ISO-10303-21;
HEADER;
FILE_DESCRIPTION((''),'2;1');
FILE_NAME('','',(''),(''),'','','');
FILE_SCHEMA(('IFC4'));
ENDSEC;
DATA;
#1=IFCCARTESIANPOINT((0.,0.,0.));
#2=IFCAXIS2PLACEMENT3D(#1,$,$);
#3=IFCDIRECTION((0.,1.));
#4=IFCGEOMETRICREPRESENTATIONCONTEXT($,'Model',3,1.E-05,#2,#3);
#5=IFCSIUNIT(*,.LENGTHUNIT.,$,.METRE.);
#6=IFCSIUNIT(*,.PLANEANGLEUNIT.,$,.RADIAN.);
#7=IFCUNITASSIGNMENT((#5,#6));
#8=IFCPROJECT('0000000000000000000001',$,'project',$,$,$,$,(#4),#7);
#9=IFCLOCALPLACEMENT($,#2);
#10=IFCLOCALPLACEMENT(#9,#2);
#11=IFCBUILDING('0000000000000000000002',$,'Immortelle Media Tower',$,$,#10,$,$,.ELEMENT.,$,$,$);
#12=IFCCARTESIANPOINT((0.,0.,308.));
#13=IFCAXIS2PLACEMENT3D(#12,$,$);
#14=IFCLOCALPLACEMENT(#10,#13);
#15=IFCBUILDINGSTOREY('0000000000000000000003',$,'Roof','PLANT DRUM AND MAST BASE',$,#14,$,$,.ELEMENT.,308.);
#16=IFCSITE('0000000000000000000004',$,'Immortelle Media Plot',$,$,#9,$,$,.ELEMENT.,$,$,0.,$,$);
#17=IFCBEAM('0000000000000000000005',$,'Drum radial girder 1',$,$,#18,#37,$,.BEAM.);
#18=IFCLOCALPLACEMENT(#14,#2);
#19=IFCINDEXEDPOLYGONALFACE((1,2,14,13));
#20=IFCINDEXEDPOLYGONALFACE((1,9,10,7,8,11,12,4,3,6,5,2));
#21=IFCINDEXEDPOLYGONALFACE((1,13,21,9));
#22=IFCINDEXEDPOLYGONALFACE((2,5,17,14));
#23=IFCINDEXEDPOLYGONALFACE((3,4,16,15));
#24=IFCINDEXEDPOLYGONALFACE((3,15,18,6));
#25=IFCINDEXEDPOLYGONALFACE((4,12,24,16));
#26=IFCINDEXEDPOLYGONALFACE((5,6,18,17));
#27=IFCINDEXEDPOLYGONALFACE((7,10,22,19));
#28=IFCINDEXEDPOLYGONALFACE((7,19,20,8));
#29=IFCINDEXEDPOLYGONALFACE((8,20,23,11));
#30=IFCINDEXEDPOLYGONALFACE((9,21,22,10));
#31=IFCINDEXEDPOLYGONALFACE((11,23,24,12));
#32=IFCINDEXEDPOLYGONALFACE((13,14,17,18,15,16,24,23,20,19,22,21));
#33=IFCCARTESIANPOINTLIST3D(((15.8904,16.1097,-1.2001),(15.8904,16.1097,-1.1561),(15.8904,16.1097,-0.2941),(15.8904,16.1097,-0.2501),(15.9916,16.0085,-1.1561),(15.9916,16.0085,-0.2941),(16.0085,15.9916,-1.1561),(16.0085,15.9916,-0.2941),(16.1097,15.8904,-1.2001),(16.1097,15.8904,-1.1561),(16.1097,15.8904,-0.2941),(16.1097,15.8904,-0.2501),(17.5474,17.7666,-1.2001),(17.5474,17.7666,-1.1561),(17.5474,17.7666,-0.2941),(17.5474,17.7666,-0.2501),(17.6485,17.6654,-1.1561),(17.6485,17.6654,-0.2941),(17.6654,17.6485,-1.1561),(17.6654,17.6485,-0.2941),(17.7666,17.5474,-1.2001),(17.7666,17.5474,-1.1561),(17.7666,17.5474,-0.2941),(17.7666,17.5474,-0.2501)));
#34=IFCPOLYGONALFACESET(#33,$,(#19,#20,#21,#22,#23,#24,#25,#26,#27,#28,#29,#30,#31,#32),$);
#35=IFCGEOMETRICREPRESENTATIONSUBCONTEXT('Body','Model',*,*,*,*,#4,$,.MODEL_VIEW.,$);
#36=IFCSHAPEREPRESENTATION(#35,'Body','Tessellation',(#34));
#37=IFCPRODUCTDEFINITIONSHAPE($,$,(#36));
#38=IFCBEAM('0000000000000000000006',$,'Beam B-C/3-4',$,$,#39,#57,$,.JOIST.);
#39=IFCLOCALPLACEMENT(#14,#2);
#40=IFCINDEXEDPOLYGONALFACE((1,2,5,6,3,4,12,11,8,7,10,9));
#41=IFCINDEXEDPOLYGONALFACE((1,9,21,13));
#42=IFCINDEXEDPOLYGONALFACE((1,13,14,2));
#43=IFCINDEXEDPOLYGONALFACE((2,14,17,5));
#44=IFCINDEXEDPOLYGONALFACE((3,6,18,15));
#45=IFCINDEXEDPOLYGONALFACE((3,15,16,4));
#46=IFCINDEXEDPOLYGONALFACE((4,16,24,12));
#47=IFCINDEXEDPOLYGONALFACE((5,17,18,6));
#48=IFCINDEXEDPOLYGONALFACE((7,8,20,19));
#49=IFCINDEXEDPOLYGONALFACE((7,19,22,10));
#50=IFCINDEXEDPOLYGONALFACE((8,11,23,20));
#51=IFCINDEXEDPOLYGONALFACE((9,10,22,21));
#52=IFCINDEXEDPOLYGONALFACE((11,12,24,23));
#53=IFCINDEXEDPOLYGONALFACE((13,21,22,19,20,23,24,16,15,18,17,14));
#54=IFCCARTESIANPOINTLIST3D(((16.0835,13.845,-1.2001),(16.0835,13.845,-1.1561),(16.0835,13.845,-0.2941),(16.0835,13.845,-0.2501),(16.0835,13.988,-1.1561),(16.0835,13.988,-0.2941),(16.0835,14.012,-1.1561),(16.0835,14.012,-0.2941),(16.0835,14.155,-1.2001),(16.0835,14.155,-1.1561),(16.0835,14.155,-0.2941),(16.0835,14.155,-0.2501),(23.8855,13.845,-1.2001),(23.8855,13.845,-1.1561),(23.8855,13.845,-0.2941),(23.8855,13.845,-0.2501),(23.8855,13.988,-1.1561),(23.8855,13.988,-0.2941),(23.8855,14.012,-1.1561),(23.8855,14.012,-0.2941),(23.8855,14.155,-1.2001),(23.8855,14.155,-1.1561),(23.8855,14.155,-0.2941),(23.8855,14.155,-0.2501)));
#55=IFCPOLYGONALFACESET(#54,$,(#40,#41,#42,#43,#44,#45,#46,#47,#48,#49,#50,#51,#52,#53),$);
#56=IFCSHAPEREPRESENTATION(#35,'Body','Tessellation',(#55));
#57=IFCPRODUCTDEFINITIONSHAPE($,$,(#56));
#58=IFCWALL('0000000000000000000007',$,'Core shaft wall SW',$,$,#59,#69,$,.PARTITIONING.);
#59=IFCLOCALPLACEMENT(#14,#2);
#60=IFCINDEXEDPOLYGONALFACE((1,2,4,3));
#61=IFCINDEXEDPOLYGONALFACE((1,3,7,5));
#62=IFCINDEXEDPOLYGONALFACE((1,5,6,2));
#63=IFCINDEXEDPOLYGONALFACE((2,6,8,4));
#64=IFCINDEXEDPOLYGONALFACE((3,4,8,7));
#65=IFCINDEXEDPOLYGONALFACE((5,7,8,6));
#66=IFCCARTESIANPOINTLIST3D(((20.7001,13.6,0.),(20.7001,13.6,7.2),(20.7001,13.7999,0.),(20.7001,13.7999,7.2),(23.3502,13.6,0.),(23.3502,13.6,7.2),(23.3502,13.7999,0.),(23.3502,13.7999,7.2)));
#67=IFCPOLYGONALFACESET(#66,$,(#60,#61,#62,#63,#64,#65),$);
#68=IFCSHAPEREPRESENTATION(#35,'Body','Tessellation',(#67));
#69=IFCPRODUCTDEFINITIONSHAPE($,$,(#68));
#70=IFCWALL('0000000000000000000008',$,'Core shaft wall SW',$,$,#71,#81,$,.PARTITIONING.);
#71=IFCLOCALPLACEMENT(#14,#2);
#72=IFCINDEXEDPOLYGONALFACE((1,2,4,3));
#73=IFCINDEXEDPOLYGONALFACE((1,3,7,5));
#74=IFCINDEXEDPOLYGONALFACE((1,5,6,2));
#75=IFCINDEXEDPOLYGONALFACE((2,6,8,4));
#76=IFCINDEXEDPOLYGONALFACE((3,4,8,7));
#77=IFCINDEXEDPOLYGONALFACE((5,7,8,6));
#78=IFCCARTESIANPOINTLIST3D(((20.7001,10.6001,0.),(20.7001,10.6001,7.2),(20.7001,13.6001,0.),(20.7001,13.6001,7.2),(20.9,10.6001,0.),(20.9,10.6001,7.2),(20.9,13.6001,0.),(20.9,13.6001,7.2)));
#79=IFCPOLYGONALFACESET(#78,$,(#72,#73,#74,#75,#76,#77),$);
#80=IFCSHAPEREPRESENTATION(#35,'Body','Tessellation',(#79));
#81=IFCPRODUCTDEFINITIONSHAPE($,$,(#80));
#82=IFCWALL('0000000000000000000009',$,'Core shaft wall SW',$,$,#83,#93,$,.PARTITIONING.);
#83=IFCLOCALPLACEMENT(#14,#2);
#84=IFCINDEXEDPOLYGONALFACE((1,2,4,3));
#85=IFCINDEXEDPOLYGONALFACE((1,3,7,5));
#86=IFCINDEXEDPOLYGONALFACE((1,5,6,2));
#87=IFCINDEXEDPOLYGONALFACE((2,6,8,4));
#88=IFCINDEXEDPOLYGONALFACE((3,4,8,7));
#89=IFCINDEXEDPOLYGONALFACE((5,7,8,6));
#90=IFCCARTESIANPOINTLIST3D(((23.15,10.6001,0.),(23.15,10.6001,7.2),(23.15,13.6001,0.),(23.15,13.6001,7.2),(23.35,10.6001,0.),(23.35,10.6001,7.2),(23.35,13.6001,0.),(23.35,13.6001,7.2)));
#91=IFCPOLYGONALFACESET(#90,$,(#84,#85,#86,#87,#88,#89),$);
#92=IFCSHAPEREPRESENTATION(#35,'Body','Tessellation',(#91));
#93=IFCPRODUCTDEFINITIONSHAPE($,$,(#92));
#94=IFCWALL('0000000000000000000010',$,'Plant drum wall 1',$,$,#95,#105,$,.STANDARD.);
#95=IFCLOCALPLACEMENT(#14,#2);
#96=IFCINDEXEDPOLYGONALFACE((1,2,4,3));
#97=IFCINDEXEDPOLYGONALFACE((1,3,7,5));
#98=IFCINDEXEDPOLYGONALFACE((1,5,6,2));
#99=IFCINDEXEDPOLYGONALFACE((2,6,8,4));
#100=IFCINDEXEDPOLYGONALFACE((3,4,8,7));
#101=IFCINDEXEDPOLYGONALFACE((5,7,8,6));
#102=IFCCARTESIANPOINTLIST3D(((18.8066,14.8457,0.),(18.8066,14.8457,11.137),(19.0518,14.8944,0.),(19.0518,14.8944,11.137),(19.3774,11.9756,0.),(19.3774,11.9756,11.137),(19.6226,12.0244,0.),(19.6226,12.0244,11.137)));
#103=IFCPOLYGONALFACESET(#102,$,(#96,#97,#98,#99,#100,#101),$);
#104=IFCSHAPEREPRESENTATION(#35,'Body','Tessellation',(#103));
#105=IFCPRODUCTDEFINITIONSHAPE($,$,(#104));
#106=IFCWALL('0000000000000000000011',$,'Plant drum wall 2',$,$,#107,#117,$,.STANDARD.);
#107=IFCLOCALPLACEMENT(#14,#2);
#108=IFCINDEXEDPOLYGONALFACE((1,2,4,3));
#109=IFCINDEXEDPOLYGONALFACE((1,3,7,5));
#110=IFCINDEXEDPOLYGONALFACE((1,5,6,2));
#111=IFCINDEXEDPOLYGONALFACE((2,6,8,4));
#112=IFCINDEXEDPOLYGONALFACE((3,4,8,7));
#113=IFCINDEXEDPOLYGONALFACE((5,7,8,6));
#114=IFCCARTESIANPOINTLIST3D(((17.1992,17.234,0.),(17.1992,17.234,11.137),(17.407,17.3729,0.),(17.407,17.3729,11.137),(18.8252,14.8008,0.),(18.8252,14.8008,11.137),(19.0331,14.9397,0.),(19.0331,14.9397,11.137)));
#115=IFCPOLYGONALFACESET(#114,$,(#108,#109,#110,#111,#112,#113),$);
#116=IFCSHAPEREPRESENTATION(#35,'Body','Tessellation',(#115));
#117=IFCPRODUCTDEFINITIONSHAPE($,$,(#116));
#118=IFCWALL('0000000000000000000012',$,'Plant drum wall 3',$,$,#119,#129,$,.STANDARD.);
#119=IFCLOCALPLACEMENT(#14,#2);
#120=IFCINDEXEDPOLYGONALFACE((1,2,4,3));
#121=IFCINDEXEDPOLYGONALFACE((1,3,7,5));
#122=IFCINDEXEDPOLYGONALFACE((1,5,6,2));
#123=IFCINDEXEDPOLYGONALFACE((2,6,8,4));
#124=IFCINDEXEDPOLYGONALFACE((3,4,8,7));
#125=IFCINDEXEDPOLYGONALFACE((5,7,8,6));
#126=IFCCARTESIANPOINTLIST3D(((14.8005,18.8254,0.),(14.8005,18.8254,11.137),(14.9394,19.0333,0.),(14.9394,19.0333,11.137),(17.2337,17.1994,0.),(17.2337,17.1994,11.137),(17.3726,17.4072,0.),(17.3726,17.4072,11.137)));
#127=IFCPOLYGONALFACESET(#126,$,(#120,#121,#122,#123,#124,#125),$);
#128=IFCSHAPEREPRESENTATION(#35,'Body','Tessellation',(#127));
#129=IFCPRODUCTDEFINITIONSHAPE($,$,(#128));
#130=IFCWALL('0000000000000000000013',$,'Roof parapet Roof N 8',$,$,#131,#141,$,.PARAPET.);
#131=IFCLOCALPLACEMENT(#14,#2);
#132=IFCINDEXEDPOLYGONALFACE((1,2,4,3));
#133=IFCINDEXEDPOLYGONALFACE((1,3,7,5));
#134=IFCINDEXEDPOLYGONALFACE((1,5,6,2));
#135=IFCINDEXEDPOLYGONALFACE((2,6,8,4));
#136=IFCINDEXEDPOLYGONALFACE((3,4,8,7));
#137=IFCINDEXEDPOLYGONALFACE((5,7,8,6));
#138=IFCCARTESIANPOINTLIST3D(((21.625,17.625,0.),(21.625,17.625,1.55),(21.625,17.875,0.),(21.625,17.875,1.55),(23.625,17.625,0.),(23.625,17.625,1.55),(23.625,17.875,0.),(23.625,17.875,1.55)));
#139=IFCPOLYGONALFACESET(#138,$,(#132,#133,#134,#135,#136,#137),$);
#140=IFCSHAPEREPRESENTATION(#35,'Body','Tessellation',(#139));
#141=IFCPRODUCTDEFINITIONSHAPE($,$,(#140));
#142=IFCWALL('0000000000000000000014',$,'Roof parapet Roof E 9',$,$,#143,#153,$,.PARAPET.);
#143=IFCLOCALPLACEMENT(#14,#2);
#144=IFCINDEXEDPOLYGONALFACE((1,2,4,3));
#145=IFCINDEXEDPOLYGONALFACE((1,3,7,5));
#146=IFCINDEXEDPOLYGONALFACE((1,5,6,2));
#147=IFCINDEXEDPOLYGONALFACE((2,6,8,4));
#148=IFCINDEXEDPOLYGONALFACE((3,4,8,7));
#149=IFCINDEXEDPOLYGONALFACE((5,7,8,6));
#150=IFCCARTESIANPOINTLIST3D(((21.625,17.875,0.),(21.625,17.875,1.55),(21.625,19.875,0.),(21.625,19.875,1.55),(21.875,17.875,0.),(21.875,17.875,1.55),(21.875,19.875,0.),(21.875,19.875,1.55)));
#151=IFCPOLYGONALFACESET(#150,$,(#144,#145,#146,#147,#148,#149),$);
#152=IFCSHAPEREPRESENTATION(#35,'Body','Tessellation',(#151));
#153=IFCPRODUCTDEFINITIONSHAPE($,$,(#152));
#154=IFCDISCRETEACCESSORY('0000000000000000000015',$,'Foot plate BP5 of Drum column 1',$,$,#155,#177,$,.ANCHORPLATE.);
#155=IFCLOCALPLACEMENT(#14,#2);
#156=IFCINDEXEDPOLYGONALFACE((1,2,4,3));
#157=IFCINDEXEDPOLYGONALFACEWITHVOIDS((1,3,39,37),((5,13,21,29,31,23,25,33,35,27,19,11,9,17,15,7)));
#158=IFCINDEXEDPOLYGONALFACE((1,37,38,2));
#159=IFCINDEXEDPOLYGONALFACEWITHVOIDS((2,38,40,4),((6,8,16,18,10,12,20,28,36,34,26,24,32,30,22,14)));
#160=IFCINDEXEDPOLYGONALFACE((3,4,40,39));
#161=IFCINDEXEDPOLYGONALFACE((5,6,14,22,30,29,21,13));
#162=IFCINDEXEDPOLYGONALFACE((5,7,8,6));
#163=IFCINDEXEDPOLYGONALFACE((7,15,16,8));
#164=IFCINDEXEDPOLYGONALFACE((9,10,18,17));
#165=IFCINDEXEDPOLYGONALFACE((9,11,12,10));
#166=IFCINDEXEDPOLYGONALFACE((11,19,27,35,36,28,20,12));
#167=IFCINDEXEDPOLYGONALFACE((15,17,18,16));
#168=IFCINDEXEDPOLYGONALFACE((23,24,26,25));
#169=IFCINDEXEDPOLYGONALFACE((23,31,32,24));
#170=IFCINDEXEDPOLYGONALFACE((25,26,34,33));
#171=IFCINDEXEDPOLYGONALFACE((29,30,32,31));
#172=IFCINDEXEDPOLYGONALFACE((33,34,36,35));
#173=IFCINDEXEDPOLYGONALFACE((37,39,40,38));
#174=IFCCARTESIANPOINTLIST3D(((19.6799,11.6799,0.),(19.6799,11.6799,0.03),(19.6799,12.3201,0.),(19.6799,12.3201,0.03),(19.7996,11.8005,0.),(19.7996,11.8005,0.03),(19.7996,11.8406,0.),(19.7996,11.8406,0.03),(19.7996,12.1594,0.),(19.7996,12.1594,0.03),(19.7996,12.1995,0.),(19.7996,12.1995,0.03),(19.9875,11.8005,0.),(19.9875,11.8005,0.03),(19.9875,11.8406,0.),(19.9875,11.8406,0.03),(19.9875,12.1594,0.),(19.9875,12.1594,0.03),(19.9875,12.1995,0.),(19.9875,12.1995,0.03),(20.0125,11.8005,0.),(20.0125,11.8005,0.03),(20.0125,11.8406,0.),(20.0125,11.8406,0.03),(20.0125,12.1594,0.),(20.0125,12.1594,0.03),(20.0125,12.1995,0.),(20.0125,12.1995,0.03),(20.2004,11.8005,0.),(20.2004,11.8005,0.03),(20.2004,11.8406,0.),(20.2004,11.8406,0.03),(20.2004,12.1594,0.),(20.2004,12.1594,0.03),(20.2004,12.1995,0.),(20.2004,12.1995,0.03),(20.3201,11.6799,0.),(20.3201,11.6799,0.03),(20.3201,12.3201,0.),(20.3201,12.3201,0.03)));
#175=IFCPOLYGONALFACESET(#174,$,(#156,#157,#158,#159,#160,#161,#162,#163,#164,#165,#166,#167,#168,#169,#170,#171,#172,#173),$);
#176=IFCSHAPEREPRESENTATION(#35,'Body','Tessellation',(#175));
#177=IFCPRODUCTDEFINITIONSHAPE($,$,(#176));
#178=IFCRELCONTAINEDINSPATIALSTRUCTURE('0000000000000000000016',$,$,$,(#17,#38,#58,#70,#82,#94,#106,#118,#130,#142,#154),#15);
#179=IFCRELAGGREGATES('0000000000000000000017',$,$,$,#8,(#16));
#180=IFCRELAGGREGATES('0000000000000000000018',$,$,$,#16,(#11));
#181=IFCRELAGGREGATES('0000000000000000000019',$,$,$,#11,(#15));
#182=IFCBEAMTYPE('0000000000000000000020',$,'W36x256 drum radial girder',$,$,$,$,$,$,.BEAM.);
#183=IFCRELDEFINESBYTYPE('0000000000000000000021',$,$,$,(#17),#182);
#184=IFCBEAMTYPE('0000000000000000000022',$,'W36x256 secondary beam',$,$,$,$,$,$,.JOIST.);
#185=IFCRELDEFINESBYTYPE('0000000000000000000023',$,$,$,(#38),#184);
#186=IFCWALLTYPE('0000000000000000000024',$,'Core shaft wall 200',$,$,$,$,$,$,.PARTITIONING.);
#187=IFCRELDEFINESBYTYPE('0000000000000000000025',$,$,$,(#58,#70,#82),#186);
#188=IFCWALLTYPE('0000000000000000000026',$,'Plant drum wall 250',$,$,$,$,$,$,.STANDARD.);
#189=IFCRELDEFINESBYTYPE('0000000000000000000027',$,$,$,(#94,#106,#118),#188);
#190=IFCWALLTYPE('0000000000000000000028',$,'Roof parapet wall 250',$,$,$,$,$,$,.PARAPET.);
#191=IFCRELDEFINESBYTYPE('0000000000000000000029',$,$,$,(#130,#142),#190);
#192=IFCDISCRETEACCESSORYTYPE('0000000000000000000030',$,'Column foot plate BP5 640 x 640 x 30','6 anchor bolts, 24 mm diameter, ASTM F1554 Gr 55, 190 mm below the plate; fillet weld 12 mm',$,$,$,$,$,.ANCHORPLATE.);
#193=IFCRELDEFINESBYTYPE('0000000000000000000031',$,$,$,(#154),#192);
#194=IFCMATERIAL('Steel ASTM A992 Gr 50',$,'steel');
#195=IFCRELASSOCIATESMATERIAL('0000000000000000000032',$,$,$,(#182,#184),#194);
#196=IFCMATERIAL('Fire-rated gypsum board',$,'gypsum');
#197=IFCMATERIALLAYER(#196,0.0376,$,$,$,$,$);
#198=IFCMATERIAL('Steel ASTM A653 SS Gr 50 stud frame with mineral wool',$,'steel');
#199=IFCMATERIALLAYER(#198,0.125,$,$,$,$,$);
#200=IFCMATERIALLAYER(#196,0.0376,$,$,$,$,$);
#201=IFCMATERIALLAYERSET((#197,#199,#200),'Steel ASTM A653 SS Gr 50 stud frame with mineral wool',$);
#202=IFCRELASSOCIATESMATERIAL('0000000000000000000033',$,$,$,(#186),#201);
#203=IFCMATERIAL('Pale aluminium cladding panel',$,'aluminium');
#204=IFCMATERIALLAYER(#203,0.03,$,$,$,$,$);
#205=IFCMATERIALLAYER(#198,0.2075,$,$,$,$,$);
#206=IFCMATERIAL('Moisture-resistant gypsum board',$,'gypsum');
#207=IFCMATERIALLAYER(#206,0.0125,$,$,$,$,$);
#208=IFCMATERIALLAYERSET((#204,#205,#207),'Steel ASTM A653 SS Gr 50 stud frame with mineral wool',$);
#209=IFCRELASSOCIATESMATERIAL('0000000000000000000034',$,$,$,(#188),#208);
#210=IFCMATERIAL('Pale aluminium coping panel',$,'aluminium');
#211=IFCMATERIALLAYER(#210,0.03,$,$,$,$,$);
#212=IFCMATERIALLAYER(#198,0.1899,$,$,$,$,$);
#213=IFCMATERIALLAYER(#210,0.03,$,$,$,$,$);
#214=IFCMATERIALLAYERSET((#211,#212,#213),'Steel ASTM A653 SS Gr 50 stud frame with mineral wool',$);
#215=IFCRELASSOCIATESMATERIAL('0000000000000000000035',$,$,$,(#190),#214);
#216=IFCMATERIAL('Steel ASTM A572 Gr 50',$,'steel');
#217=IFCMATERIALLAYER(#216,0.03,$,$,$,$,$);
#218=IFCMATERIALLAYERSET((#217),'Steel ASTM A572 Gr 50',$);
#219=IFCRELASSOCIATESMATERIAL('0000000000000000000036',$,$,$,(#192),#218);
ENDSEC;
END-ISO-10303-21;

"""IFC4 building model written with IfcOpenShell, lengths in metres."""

from ifc_helpers import new_model, si_unit, direction, frame, frame_2d, origin, origin_2d, place, context, subcontext, project, spatial, polyline, rectangle, i_section, outline, extrude, material, layer, layer_set, material_profile, profile_set, type_object, element, save


model = new_model("IFC4")

# Units and contexts
model_context = context("Model", 3, precision=1e-05, world=origin(), true_north=direction((0.0, 1.0)))
body_context = subcontext(model_context, "Body", "Model", "MODEL_VIEW")
ifc_project = project(units=[si_unit("LENGTHUNIT", "METRE"), si_unit("PLANEANGLEUNIT", "RADIAN")], contexts=[model_context])

# Site, building, storey
site_placement = place(None, origin())
site = spatial("IfcSite", under=ifc_project, at=site_placement, Name="Immortelle Media Plot", CompositionType="ELEMENT", RefElevation=0.0)
building_placement = place(site_placement, origin())
building = spatial("IfcBuilding", under=site, at=building_placement, Name="Immortelle Media Tower", CompositionType="ELEMENT")
storey_placement = place(building_placement, frame((0.0, 0.0, 308.0)))
storey = spatial("IfcBuildingStorey", under=building, at=storey_placement, Name="Roof", Description="PLANT DRUM AND MAST BASE", CompositionType="ELEMENT", Elevation=308.0)

# Shared definitions
ifc_material_1 = material(Name="Steel ASTM A992 Gr 50", Category="steel")

# Beams
ifc_material_profile_1 = material_profile(ifc_material_1, i_section(OverallWidth=0.3101, OverallDepth=0.95, WebThickness=0.0239, FlangeThickness=0.0439, at=origin_2d()), Name="W36x256")
ifc_profile_set_1 = profile_set([ifc_material_profile_1], Name="Steel ASTM A992 Gr 50")
beam_type_1 = type_object("IfcBeamType", Name="W36x256 drum radial girder", PredefinedType="BEAM", material=ifc_profile_set_1)
beam_1_placement = place(storey_placement, frame((17.657, 17.657, -0.7251), z_axis=(-0.707107, -0.707107, 0.0), x_axis=(0.707107, -0.707107, 0.0)))
element("IfcBeam", 1, at=beam_1_placement, inside=storey, type_object=beam_type_1, Name="Drum radial girder 1", PredefinedType="BEAM", context=body_context, shape_type="SweptSolid", body=[
    extrude(i_section(OverallWidth=0.3101, OverallDepth=0.95, WebThickness=0.0239, FlangeThickness=0.0439, at=origin_2d()), origin(), (0.0, 0.0, 1.0), 2.3433),
])
ifc_material_profile_2 = material_profile(ifc_material_1, i_section(OverallWidth=0.3101, OverallDepth=0.95, WebThickness=0.0239, FlangeThickness=0.0439, at=origin_2d()), Name="W36x256")
ifc_profile_set_2 = profile_set([ifc_material_profile_2], Name="Steel ASTM A992 Gr 50")
beam_type_2 = type_object("IfcBeamType", Name="W36x256 secondary beam", PredefinedType="JOIST", material=ifc_profile_set_2)
beam_2_placement = place(storey_placement, frame((16.0835, 14.0, -0.7251), z_axis=(1.0, 0.0, 0.0), x_axis=(0.0, 1.0, 0.0)))
element("IfcBeam", 2, at=beam_2_placement, inside=storey, type_object=beam_type_2, Name="Beam B-C/3-4", PredefinedType="JOIST", context=body_context, shape_type="SweptSolid", body=[
    extrude(i_section(OverallWidth=0.3101, OverallDepth=0.95, WebThickness=0.0239, FlangeThickness=0.0439, at=origin_2d()), origin(), (0.0, 0.0, 1.0), 7.802),
])

# Walls
ifc_material_2 = material(Name="Fire-rated gypsum board", Category="gypsum")
ifc_layer_1 = layer(ifc_material_2, 0.0376)
ifc_material_3 = material(Name="Steel ASTM A653 SS Gr 50 stud frame with mineral wool", Category="steel")
ifc_layer_2 = layer(ifc_material_3, 0.125)
ifc_layer_3 = layer(ifc_material_2, 0.0376)
ifc_layer_set_1 = layer_set([ifc_layer_1, ifc_layer_2, ifc_layer_3], Name="Steel ASTM A653 SS Gr 50 stud frame with mineral wool")
wall_type_1 = type_object("IfcWallType", Name="Core shaft wall 200", PredefinedType="PARTITIONING", material=ifc_layer_set_1)
wall_1_placement = place(storey_placement, frame((20.7, 13.7, 0.0), z_axis=(0.0, 0.0, 1.0), x_axis=(1.0, 0.0, 0.0)))
element("IfcWall", 3, at=wall_1_placement, inside=storey, type_object=wall_type_1, Name="Core shaft wall SW", PredefinedType="PARTITIONING", context=body_context, shape_type="SweptSolid", body=[
    extrude(rectangle(XDim=2.6501, YDim=0.2, at=frame_2d((1.3252, 0.0))), origin(), (0.0, 0.0, 1.0), 7.2),
])
for number, where, z_axis, x_axis, name in (
    (4, (20.8, 10.6001, 0.0), (0.0, 0.0, 1.0), (0.0, 1.0, 0.0), "Core shaft wall SW"),
    (5, (23.25, 10.6001, 0.0), (0.0, 0.0, 1.0), (0.0, 1.0, 0.0), "Core shaft wall SW"),
):
    element("IfcWall", number, at=place(storey_placement, frame(where, z_axis=z_axis, x_axis=x_axis)), inside=storey, type_object=wall_type_1, Name=name, PredefinedType="PARTITIONING", context=body_context, shape_type="SweptSolid", body=[
        extrude(rectangle(XDim=3.0, YDim=0.2, at=frame_2d((1.5, 0.0))), origin(), (0.0, 0.0, 1.0), 7.2),
    ])
ifc_material_4 = material(Name="Pale aluminium cladding panel", Category="aluminium")
ifc_layer_4 = layer(ifc_material_4, 0.03)
ifc_layer_5 = layer(ifc_material_3, 0.2075)
ifc_material_5 = material(Name="Moisture-resistant gypsum board", Category="gypsum")
ifc_layer_6 = layer(ifc_material_5, 0.0125)
ifc_layer_set_2 = layer_set([ifc_layer_4, ifc_layer_5, ifc_layer_6], Name="Steel ASTM A653 SS Gr 50 stud frame with mineral wool")
wall_type_2 = type_object("IfcWallType", Name="Plant drum wall 250", PredefinedType="STANDARD", material=ifc_layer_set_2)
wall_2_placement = place(storey_placement, frame((19.5, 12.0, 0.0), z_axis=(0.0, 0.0, 1.0), x_axis=(-0.195057, 0.980792, 0.0)))
element("IfcWall", 6, at=wall_2_placement, inside=storey, type_object=wall_type_2, Name="Plant drum wall 1", PredefinedType="STANDARD", context=body_context, shape_type="SweptSolid", body=[
    extrude(rectangle(XDim=2.9263, YDim=0.25, at=frame_2d((1.4631, 0.0))), origin(), (0.0, 0.0, 1.0), 11.137),
])
for number, where, z_axis, x_axis, name in (
    (7, (18.9292, 14.8701, 0.0), (0.0, 0.0, 1.0), (-0.555624, 0.831434, 0.0), "Plant drum wall 2"),
    (8, (17.3032, 17.3032, 0.0), (0.0, 0.0, 1.0), (-0.831434, 0.555624, 0.0), "Plant drum wall 3"),
):
    element("IfcWall", number, at=place(storey_placement, frame(where, z_axis=z_axis, x_axis=x_axis)), inside=storey, type_object=wall_type_2, Name=name, PredefinedType="STANDARD", context=body_context, shape_type="SweptSolid", body=[
        extrude(rectangle(XDim=2.9265, YDim=0.25, at=frame_2d((1.4634, 0.0))), origin(), (0.0, 0.0, 1.0), 11.137),
    ])
ifc_material_6 = material(Name="Pale aluminium coping panel", Category="aluminium")
ifc_layer_7 = layer(ifc_material_6, 0.03)
ifc_layer_8 = layer(ifc_material_3, 0.1899)
ifc_layer_9 = layer(ifc_material_6, 0.03)
ifc_layer_set_3 = layer_set([ifc_layer_7, ifc_layer_8, ifc_layer_9], Name="Steel ASTM A653 SS Gr 50 stud frame with mineral wool")
wall_type_3 = type_object("IfcWallType", Name="Roof parapet wall 250", PredefinedType="PARAPET", material=ifc_layer_set_3)
for number, where, z_axis, x_axis, name in (
    (9, (23.625, 17.75, 0.0), (0.0, 0.0, 1.0), (-1.0, 0.0, 0.0), "Roof parapet Roof N 8"),
    (10, (21.75, 17.875, 0.0), (0.0, 0.0, 1.0), (0.0, 1.0, 0.0), "Roof parapet Roof E 9"),
):
    element("IfcWall", number, at=place(storey_placement, frame(where, z_axis=z_axis, x_axis=x_axis)), inside=storey, type_object=wall_type_3, Name=name, PredefinedType="PARAPET", context=body_context, shape_type="SweptSolid", body=[
        extrude(rectangle(XDim=2.0, YDim=0.25, at=frame_2d((1.0, 0.0))), origin(), (0.0, 0.0, 1.0), 1.55),
    ])

# Discrete accessory
ifc_material_7 = material(Name="Steel ASTM A572 Gr 50", Category="steel")
ifc_layer_10 = layer(ifc_material_7, 0.03)
ifc_layer_set_4 = layer_set([ifc_layer_10], Name="Steel ASTM A572 Gr 50")
discrete_accessory_type = type_object("IfcDiscreteAccessoryType", Name="Column foot plate BP5 640 x 640 x 30", Description="6 anchor bolts, 24 mm diameter, ASTM F1554 Gr 55, 190 mm below the plate; fillet weld 12 mm", PredefinedType="ANCHORPLATE", material=ifc_layer_set_4)
discrete_accessory_1_placement = place(storey_placement, frame((20.0, 12.0, 0.0), z_axis=(0.0, 0.0, 1.0), x_axis=(1.0, 0.0, 0.0)))
element("IfcDiscreteAccessory", 11, at=discrete_accessory_1_placement, inside=storey, type_object=discrete_accessory_type, Name="Foot plate BP5 of Drum column 1", PredefinedType="ANCHORPLATE", context=body_context, shape_type="SweptSolid", body=[
    extrude(outline(polyline([(-0.3201, -0.3201), (0.3201, -0.3201), (0.3201, 0.3201), (-0.3201, 0.3201), (-0.3201, -0.3201)]), holes=[polyline([(0.0125, -0.1594), (0.2004, -0.1594), (0.2004, -0.1995), (0.0125, -0.1995), (-0.0125, -0.1995), (-0.2004, -0.1995), (-0.2004, -0.1594), (-0.0125, -0.1594), (-0.0125, 0.1594), (-0.2004, 0.1594), (-0.2004, 0.1995), (-0.0125, 0.1995), (0.0125, 0.1995), (0.2004, 0.1995), (0.2004, 0.1594), (0.0125, 0.1594), (0.0125, -0.1594)])]), origin(), (0.0, 0.0, 1.0), 0.03),
])

save(model, "model.ifc")
